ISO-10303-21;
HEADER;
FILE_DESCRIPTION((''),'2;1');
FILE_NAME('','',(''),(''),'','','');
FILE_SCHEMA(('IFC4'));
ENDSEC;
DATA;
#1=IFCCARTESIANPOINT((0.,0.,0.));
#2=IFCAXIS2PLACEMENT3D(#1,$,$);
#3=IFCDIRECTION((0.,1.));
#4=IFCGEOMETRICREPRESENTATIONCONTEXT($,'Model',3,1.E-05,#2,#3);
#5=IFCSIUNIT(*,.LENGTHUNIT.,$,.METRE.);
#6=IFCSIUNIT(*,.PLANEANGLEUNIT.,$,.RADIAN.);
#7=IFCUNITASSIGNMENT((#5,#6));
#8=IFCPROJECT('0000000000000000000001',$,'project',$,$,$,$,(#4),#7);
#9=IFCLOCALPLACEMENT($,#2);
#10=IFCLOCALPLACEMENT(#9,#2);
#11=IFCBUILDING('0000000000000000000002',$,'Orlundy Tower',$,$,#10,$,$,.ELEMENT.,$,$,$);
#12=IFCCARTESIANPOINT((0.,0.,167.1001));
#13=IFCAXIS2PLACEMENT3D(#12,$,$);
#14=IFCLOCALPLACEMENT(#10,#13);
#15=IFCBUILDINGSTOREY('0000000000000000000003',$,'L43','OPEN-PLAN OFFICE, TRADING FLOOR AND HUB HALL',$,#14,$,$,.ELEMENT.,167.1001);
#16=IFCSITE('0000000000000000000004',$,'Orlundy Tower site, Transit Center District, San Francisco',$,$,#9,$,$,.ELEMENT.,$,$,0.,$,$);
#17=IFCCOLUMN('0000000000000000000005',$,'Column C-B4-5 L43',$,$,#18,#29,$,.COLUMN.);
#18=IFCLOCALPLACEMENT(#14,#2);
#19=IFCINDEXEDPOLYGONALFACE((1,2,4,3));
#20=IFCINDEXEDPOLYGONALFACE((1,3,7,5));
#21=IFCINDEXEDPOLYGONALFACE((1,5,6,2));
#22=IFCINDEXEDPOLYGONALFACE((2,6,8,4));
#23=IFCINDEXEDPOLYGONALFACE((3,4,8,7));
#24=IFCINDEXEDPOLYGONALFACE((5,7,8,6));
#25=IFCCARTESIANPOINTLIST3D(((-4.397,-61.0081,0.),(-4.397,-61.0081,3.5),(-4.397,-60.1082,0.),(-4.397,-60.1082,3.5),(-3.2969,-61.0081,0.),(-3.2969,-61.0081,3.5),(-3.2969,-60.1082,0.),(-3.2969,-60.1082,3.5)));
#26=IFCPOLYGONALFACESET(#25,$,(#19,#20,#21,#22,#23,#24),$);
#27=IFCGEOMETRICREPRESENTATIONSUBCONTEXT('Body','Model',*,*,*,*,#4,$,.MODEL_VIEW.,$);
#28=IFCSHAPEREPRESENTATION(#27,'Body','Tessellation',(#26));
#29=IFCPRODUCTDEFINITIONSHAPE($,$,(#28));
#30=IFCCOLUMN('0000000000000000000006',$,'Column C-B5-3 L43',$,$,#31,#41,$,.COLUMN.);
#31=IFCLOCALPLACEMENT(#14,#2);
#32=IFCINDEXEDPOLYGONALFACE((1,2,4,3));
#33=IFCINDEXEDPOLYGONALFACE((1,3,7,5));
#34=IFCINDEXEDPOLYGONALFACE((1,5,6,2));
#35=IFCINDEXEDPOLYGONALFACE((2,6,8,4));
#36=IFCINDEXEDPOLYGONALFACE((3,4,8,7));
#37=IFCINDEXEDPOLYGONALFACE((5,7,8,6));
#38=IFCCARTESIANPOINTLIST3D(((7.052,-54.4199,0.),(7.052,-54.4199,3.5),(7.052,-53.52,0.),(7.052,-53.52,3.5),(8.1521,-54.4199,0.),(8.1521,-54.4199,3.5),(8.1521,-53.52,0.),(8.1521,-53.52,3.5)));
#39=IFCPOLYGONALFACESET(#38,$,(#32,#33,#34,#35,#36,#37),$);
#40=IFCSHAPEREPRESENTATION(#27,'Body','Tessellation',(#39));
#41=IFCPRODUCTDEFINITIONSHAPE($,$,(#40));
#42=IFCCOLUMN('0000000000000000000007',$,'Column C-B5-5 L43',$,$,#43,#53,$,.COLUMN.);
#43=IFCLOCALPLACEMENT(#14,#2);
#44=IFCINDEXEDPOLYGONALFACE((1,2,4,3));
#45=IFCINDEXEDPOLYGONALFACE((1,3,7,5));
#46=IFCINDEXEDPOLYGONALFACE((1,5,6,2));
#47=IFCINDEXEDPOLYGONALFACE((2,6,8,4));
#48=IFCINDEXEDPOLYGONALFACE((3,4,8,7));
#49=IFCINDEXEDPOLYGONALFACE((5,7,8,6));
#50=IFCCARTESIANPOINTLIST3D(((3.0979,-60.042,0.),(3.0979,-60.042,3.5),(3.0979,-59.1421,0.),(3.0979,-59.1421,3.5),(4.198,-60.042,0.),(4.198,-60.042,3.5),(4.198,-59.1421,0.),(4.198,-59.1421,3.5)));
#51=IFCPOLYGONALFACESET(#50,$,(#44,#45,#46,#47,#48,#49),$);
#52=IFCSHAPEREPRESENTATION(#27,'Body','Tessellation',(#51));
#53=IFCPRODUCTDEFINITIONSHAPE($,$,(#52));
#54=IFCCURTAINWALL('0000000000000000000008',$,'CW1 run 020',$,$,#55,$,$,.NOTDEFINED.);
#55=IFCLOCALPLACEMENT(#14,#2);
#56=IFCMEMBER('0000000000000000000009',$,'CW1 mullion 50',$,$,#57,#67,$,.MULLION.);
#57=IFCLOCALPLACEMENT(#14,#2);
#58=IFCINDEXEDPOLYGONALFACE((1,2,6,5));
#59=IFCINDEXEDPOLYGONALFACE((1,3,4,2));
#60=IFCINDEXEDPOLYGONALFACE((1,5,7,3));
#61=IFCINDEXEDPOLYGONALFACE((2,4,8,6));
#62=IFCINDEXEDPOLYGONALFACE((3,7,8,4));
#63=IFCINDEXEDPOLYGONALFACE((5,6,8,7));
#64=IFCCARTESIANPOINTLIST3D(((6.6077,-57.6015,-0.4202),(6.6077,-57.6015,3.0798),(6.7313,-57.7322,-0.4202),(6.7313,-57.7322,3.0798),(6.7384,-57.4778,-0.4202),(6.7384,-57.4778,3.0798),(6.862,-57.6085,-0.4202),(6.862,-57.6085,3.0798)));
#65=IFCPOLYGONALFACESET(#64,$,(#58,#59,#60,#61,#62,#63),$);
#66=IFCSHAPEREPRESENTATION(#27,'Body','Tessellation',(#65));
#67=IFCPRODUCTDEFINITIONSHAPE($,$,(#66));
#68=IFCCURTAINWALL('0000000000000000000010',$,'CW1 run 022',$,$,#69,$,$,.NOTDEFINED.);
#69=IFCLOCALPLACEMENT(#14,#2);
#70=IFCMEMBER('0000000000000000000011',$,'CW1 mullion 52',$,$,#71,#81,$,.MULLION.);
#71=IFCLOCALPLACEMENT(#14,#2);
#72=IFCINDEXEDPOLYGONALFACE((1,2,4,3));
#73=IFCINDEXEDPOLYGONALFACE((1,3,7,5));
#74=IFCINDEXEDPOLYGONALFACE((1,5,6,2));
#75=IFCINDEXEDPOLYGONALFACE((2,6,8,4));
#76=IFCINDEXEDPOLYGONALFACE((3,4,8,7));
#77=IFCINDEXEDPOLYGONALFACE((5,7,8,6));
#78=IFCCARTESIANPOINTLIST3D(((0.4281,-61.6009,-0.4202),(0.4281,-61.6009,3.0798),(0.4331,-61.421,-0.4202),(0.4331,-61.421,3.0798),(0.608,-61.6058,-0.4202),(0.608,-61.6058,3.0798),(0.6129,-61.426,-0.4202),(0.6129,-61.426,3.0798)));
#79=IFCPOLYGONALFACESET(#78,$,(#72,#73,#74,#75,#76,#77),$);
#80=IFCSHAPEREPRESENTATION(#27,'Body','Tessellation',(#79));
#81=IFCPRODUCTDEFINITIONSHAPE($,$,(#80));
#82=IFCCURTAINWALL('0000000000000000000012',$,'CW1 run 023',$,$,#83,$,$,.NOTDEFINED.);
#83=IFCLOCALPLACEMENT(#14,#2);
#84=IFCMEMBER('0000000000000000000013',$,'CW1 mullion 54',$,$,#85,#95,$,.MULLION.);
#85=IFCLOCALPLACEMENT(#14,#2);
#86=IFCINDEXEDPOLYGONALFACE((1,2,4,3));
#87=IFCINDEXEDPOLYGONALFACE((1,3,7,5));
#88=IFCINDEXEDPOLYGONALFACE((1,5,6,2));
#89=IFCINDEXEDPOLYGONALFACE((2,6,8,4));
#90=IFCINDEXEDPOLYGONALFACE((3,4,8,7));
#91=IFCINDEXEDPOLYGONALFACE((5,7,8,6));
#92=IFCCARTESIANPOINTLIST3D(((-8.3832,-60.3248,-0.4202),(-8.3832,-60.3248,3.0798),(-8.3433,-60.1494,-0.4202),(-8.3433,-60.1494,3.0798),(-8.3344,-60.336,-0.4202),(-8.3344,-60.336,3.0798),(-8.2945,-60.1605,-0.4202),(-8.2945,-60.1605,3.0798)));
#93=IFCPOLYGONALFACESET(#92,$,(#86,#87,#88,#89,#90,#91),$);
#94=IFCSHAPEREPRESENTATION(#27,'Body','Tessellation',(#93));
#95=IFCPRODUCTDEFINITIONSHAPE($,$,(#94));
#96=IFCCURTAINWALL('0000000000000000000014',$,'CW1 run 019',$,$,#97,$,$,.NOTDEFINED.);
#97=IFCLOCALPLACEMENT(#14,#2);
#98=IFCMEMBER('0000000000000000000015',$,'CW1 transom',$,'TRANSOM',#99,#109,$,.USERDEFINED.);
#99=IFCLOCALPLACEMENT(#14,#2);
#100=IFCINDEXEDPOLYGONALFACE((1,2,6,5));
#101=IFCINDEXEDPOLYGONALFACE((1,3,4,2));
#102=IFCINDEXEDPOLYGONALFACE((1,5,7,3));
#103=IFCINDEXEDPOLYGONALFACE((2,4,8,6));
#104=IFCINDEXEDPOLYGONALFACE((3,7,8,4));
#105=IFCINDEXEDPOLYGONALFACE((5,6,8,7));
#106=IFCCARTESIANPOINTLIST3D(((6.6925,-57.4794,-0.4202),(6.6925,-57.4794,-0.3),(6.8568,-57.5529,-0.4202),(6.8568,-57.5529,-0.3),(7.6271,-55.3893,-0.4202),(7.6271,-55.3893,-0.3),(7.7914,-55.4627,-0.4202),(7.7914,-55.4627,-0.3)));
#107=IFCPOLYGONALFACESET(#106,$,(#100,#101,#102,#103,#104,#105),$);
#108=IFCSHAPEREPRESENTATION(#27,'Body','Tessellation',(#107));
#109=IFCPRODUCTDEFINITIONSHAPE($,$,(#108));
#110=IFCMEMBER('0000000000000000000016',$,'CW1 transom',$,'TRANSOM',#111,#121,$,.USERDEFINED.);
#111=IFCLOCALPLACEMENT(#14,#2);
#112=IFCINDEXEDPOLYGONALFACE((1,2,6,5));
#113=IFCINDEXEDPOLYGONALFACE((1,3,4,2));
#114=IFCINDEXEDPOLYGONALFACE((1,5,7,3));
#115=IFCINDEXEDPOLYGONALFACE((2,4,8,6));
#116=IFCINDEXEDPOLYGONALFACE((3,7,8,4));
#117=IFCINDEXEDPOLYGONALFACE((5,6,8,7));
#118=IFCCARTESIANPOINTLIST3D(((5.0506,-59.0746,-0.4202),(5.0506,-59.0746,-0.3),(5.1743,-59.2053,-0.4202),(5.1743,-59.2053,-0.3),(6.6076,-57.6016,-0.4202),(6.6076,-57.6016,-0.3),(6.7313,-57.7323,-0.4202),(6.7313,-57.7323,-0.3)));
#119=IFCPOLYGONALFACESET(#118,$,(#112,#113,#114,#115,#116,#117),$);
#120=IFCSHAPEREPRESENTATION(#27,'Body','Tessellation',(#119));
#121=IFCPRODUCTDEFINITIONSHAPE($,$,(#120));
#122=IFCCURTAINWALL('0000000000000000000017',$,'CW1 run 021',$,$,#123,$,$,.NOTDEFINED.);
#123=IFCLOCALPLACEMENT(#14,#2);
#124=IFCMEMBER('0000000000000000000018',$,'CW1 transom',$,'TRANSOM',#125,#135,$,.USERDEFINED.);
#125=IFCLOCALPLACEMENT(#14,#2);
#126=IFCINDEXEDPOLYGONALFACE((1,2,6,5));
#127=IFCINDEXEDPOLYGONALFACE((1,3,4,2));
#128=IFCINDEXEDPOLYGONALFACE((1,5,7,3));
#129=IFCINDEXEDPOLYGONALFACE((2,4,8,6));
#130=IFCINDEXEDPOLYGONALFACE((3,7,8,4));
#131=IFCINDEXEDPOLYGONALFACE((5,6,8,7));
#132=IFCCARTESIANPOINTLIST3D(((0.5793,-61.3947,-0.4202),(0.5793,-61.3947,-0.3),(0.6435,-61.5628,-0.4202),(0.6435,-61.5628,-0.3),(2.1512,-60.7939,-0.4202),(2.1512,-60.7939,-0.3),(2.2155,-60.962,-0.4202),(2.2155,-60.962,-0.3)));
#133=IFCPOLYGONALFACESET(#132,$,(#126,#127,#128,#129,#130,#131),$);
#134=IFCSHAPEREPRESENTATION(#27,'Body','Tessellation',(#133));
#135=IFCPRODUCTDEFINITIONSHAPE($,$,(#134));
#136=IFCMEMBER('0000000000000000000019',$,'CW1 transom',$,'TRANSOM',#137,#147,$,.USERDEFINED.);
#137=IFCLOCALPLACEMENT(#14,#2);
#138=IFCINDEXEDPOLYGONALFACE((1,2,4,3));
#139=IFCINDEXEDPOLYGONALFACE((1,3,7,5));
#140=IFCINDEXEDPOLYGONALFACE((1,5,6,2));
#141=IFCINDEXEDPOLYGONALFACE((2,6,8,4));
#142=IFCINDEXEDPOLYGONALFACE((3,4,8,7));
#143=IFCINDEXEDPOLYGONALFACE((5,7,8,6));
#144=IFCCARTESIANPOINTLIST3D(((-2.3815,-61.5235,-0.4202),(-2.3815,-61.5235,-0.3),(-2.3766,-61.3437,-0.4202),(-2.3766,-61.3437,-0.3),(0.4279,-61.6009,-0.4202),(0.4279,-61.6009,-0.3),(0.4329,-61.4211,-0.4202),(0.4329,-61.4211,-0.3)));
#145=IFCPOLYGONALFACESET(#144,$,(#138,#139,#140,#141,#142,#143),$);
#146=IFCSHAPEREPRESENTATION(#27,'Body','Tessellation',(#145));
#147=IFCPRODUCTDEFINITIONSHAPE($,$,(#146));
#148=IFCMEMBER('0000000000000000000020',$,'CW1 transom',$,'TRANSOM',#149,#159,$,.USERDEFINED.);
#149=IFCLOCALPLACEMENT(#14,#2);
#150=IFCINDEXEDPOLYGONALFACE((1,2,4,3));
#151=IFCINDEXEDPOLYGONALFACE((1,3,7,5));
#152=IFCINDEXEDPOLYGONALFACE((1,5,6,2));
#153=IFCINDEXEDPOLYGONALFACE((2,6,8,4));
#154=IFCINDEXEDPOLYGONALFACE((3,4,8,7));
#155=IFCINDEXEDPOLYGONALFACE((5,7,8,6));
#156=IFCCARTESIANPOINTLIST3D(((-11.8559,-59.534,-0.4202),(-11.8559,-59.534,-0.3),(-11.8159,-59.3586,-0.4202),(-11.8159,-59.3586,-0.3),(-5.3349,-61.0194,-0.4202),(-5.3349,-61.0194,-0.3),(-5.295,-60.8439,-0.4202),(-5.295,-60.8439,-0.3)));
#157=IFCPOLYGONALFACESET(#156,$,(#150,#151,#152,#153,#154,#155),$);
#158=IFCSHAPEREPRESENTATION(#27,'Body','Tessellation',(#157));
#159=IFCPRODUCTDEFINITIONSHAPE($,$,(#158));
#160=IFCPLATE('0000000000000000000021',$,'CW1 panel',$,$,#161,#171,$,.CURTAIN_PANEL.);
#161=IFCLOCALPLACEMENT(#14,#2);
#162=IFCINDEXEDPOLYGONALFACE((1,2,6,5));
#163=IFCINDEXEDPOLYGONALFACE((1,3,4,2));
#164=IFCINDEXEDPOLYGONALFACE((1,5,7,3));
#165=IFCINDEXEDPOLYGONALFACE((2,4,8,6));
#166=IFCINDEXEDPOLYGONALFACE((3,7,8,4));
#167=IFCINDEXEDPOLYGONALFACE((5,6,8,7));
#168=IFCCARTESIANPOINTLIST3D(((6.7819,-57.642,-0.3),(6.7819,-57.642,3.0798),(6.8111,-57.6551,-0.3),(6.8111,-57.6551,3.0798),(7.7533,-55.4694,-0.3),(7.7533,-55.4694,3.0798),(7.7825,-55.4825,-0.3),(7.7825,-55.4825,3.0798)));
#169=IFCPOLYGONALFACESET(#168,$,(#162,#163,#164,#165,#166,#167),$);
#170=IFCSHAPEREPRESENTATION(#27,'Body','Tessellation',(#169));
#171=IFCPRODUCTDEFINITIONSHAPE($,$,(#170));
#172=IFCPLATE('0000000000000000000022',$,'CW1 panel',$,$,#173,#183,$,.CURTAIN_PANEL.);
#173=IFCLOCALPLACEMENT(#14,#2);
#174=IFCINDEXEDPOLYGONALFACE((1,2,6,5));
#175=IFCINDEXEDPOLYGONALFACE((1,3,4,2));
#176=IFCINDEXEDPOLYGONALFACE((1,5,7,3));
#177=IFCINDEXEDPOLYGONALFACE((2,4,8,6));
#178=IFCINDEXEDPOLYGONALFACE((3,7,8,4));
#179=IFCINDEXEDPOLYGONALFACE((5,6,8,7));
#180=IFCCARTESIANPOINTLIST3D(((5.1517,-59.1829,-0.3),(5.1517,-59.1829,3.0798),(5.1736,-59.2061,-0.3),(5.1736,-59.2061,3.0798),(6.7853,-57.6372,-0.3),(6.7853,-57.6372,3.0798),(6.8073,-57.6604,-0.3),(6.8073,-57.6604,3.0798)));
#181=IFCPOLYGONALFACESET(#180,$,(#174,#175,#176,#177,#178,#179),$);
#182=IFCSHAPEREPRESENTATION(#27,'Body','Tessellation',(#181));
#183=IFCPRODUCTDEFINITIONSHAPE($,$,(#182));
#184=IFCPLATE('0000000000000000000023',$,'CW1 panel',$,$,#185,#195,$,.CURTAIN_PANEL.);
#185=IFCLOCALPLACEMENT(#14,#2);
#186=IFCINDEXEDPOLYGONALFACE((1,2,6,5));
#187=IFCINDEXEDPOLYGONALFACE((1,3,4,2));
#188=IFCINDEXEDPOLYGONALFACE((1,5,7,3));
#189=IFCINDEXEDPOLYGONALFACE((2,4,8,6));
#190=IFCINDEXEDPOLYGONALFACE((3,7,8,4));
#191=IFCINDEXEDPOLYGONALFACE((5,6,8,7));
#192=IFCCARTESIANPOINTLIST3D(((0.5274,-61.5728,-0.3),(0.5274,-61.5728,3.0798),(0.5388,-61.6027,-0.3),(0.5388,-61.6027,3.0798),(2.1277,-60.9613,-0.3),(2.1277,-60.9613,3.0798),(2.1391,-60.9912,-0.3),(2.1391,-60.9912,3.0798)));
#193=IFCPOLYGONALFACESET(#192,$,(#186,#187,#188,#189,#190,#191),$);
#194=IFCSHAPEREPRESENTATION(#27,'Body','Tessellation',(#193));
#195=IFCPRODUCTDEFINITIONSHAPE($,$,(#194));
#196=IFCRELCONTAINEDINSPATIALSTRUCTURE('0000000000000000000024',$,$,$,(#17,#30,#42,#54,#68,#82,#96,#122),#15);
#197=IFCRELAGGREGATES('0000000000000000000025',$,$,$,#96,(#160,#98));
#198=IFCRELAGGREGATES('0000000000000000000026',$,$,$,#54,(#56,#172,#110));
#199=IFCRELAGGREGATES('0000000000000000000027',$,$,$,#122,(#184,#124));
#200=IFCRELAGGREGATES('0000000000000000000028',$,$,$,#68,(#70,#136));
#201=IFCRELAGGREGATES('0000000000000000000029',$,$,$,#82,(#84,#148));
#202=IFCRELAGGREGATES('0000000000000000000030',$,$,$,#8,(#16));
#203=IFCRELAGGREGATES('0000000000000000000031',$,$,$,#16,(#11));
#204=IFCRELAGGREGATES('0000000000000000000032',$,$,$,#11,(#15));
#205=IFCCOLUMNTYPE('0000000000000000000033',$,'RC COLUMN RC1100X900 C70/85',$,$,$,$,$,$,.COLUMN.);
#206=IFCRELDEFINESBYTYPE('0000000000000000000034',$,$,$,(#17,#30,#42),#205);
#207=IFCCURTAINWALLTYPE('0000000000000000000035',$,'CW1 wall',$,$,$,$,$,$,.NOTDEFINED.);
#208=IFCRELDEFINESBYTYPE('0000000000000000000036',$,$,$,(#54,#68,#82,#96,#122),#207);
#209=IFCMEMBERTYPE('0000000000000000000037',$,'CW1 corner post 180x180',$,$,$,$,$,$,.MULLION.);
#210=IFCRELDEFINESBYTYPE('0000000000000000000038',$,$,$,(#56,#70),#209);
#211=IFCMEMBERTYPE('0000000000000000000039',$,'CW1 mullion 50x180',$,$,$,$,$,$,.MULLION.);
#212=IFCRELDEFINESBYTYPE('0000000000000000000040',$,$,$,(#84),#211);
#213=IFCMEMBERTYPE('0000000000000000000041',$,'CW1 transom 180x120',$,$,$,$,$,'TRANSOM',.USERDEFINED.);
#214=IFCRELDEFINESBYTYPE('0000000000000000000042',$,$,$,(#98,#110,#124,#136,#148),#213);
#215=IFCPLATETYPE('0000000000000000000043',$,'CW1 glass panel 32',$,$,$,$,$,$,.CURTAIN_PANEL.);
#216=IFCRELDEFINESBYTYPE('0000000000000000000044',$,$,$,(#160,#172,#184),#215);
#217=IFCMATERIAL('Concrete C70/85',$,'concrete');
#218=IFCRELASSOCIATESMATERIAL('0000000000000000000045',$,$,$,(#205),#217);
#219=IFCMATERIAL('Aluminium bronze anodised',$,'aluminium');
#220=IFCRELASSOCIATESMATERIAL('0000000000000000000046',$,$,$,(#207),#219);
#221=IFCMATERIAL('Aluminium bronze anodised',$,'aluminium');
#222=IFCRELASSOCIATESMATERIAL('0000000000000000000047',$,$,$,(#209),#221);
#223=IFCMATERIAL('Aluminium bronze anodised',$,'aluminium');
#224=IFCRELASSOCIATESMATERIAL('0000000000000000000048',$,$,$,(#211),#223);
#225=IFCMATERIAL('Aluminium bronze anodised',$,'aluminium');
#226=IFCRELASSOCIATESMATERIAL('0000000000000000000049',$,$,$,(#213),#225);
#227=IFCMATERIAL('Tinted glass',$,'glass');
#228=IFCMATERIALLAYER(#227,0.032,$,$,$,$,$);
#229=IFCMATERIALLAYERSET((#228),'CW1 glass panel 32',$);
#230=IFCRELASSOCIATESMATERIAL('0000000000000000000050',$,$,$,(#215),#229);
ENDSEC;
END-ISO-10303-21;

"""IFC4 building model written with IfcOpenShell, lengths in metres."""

from ifc_helpers import new_model, si_unit, direction, frame, origin, origin_2d, place, context, subcontext, project, spatial, rectangle, extrude, material, layer, layer_set, material_profile, profile_set, type_object, element, aggregate, save


model = new_model("IFC4")

# Units and contexts
model_context = context("Model", 3, precision=1e-05, world=origin(), true_north=direction((0.0, 1.0)))
body_context = subcontext(model_context, "Body", "Model", "MODEL_VIEW")
ifc_project = project(units=[si_unit("LENGTHUNIT", "METRE"), si_unit("PLANEANGLEUNIT", "RADIAN")], contexts=[model_context])

# Site, building, storey
site_placement = place(None, origin())
site = spatial("IfcSite", under=ifc_project, at=site_placement, Name="Orlundy Tower site, Transit Center District, San Francisco", CompositionType="ELEMENT", RefElevation=0.0)
building_placement = place(site_placement, origin())
building = spatial("IfcBuilding", under=site, at=building_placement, Name="Orlundy Tower", CompositionType="ELEMENT")
storey_placement = place(building_placement, frame((0.0, 0.0, 167.1001)))
storey = spatial("IfcBuildingStorey", under=building, at=storey_placement, Name="L43", Description="OPEN-PLAN OFFICE, TRADING FLOOR AND HUB HALL", CompositionType="ELEMENT", Elevation=167.1001)

# Columns
ifc_material_1 = material(Name="Concrete C70/85", Category="concrete")
ifc_material_profile_1 = material_profile(ifc_material_1, rectangle(XDim=1.1001, YDim=0.8999, at=origin_2d()), Name="RC1100X900")
ifc_profile_set_1 = profile_set([ifc_material_profile_1], Name="Concrete C70/85")
column_type = type_object("IfcColumnType", Name="RC COLUMN RC1100X900 C70/85", PredefinedType="COLUMN", material=ifc_profile_set_1)
for number, where, z_axis, x_axis, name in (
    (1, (-3.8469, -60.5581, 0.0), (0.0, 0.0, 1.0), (1.0, 0.0, 0.0), "Column C-B4-5 L43"),
    (2, (7.6021, -53.97, 0.0), (0.0, 0.0, 1.0), (1.0, 0.0, 0.0), "Column C-B5-3 L43"),
    (3, (3.6479, -59.592, 0.0), (0.0, 0.0, 1.0), (1.0, 0.0, 0.0), "Column C-B5-5 L43"),
):
    element("IfcColumn", number, at=place(storey_placement, frame(where, z_axis=z_axis, x_axis=x_axis)), inside=storey, type_object=column_type, Name=name, PredefinedType="COLUMN", context=body_context, shape_type="SweptSolid", body=[
        extrude(rectangle(XDim=1.1001, YDim=0.8999, at=origin_2d()), origin(), (0.0, 0.0, 1.0), 3.5),
    ])

# Curtain walls, members
ifc_material_2 = material(Name="Aluminium bronze anodised", Category="aluminium")
curtain_wall_type = type_object("IfcCurtainWallType", Name="CW1 wall", PredefinedType="NOTDEFINED", material=ifc_material_2)
curtain_wall_1_placement = place(storey_placement, origin())
curtain_wall_1 = element("IfcCurtainWall", 4, at=curtain_wall_1_placement, inside=storey, type_object=curtain_wall_type, Name="CW1 run 020", PredefinedType="NOTDEFINED")
ifc_material_3 = material(Name="Aluminium bronze anodised", Category="aluminium")
ifc_material_profile_2 = material_profile(ifc_material_3, rectangle(XDim=0.1799, YDim=0.1799, at=origin_2d()), Name="CW1 corner post 180x180")
ifc_profile_set_2 = profile_set([ifc_material_profile_2], Name="Aluminium bronze anodised")
member_type_1 = type_object("IfcMemberType", Name="CW1 corner post 180x180", PredefinedType="MULLION", material=ifc_profile_set_2)
member_1_placement = place(storey_placement, frame((6.7349, -57.605, -0.4202), z_axis=(0.0, 0.0, 1.0), x_axis=(0.687281, -0.726392, 0.0)))
member_1 = element("IfcMember", 5, at=member_1_placement, type_object=member_type_1, Name="CW1 mullion 50", PredefinedType="MULLION", context=body_context, shape_type="SweptSolid", body=[
    extrude(rectangle(XDim=0.1799, YDim=0.1799, at=origin_2d()), origin(), (0.0, 0.0, 1.0), 3.5),
])
curtain_wall_2_placement = place(storey_placement, origin())
curtain_wall_2 = element("IfcCurtainWall", 6, at=curtain_wall_2_placement, inside=storey, type_object=curtain_wall_type, Name="CW1 run 022", PredefinedType="NOTDEFINED")
member_2_placement = place(storey_placement, frame((0.5205, -61.5134, -0.4202), z_axis=(0.0, 0.0, 1.0), x_axis=(-0.02752, -0.999621, 0.0)))
member_2 = element("IfcMember", 7, at=member_2_placement, type_object=member_type_1, Name="CW1 mullion 52", PredefinedType="MULLION", context=body_context, shape_type="SweptSolid", body=[
    extrude(rectangle(XDim=0.1799, YDim=0.1799, at=origin_2d()), origin(), (0.0, 0.0, 1.0), 3.5),
])
curtain_wall_3_placement = place(storey_placement, origin())
curtain_wall_3 = element("IfcCurtainWall", 8, at=curtain_wall_3_placement, inside=storey, type_object=curtain_wall_type, Name="CW1 run 023", PredefinedType="NOTDEFINED")
ifc_material_4 = material(Name="Aluminium bronze anodised", Category="aluminium")
ifc_material_profile_3 = material_profile(ifc_material_4, rectangle(XDim=0.1799, YDim=0.05, at=origin_2d()), Name="CW1 mullion 50x180")
ifc_profile_set_3 = profile_set([ifc_material_profile_3], Name="Aluminium bronze anodised")
member_type_2 = type_object("IfcMemberType", Name="CW1 mullion 50x180", PredefinedType="MULLION", material=ifc_profile_set_3)
member_3_placement = place(storey_placement, frame((-8.3389, -60.2427, -0.4202), z_axis=(0.0, 0.0, 1.0), x_axis=(-0.22209, -0.975026, 0.0)))
member_3 = element("IfcMember", 9, at=member_3_placement, type_object=member_type_2, Name="CW1 mullion 54", PredefinedType="MULLION", context=body_context, shape_type="SweptSolid", body=[
    extrude(rectangle(XDim=0.1799, YDim=0.05, at=origin_2d()), origin(), (0.0, 0.0, 1.0), 3.5),
])
curtain_wall_4_placement = place(storey_placement, origin())
curtain_wall_4 = element("IfcCurtainWall", 10, at=curtain_wall_4_placement, inside=storey, type_object=curtain_wall_type, Name="CW1 run 019", PredefinedType="NOTDEFINED")
ifc_material_5 = material(Name="Aluminium bronze anodised", Category="aluminium")
ifc_material_profile_4 = material_profile(ifc_material_5, rectangle(XDim=0.1799, YDim=0.1201, at=origin_2d()), Name="CW1 transom 180x120")
ifc_profile_set_4 = profile_set([ifc_material_profile_4], Name="Aluminium bronze anodised")
member_type_3 = type_object("IfcMemberType", Name="CW1 transom 180x120", ElementType="TRANSOM", PredefinedType="USERDEFINED", material=ifc_profile_set_4)
member_4_placement = place(storey_placement, frame((7.7092, -55.426, -0.3601), z_axis=(-0.408195, -0.912895, 0.0), x_axis=(0.912895, -0.408195, 0.0)))
member_4 = element("IfcMember", 11, at=member_4_placement, type_object=member_type_3, Name="CW1 transom", ObjectType="TRANSOM", PredefinedType="USERDEFINED", context=body_context, shape_type="SweptSolid", body=[
    extrude(rectangle(XDim=0.1799, YDim=0.1201, at=origin_2d()), origin(), (0.0, 0.0, 1.0), 2.2896),
])

# Member
member_5_placement = place(storey_placement, frame((6.6694, -57.667, -0.3601), z_axis=(-0.726428, -0.687242, 0.0), x_axis=(0.687242, -0.726428, 0.0)))
member_5 = element("IfcMember", 12, at=member_5_placement, type_object=member_type_3, Name="CW1 transom", ObjectType="TRANSOM", PredefinedType="USERDEFINED", context=body_context, shape_type="SweptSolid", body=[
    extrude(rectangle(XDim=0.1799, YDim=0.1201, at=origin_2d()), origin(), (0.0, 0.0, 1.0), 2.1433),
])

# Curtain wall, member
curtain_wall_5_placement = place(storey_placement, origin())
curtain_wall_5 = element("IfcCurtainWall", 13, at=curtain_wall_5_placement, inside=storey, type_object=curtain_wall_type, Name="CW1 run 021", PredefinedType="NOTDEFINED")
member_6_placement = place(storey_placement, frame((2.1833, -60.8779, -0.3601), z_axis=(-0.934099, -0.357015, 0.0), x_axis=(0.357015, -0.934099, 0.0)))
member_6 = element("IfcMember", 14, at=member_6_placement, type_object=member_type_3, Name="CW1 transom", ObjectType="TRANSOM", PredefinedType="USERDEFINED", context=body_context, shape_type="SweptSolid", body=[
    extrude(rectangle(XDim=0.1799, YDim=0.1201, at=origin_2d()), origin(), (0.0, 0.0, 1.0), 1.6829),
])

# Members
member_7_placement = place(storey_placement, frame((0.4304, -61.511, -0.3601), z_axis=(-0.999621, 0.027536, 0.0), x_axis=(-0.027536, -0.999621, 0.0)))
member_7 = element("IfcMember", 15, at=member_7_placement, type_object=member_type_3, Name="CW1 transom", ObjectType="TRANSOM", PredefinedType="USERDEFINED", context=body_context, shape_type="SweptSolid", body=[
    extrude(rectangle(XDim=0.1799, YDim=0.1201, at=origin_2d()), origin(), (0.0, 0.0, 1.0), 2.8105),
])
member_8_placement = place(storey_placement, frame((-5.3149, -60.9316, -0.3601), z_axis=(-0.975026, 0.222091, 0.0), x_axis=(-0.222091, -0.975026, 0.0)))
member_8 = element("IfcMember", 16, at=member_8_placement, type_object=member_type_3, Name="CW1 transom", ObjectType="TRANSOM", PredefinedType="USERDEFINED", context=body_context, shape_type="SweptSolid", body=[
    extrude(rectangle(XDim=0.1799, YDim=0.1201, at=origin_2d()), origin(), (0.0, 0.0, 1.0), 6.688),
])

# Plates
ifc_material_6 = material(Name="Tinted glass", Category="glass")
ifc_layer_1 = layer(ifc_material_6, 0.032)
ifc_layer_set_1 = layer_set([ifc_layer_1], Name="CW1 glass panel 32")
plate_type = type_object("IfcPlateType", Name="CW1 glass panel 32", PredefinedType="CURTAIN_PANEL", material=ifc_layer_set_1)
plate_1_placement = place(storey_placement, frame((7.2822, -56.5623, -0.3), z_axis=(0.0, 0.0, 1.0), x_axis=(-0.408165, -0.912908, 0.0)))
plate_1 = element("IfcPlate", 17, at=plate_1_placement, type_object=plate_type, Name="CW1 panel", PredefinedType="CURTAIN_PANEL", context=body_context, shape_type="SweptSolid", body=[
    extrude(rectangle(XDim=2.3799, YDim=0.032, at=origin_2d()), origin(), (0.0, 0.0, 1.0), 3.3799),
])
aggregate(curtain_wall_4, [plate_1, member_4])
plate_2_placement = place(storey_placement, frame((5.9795, -58.4216, -0.3), z_axis=(0.0, 0.0, 1.0), x_axis=(-0.726392, -0.687281, 0.0)))
plate_2 = element("IfcPlate", 18, at=plate_2_placement, type_object=plate_type, Name="CW1 panel", PredefinedType="CURTAIN_PANEL", context=body_context, shape_type="SweptSolid", body=[
    extrude(rectangle(XDim=2.249, YDim=0.032, at=origin_2d()), origin(), (0.0, 0.0, 1.0), 3.3799),
])
aggregate(curtain_wall_1, [member_1, plate_2, member_5])
plate_3_placement = place(storey_placement, frame((1.3333, -61.282, -0.3), z_axis=(0.0, 0.0, 1.0), x_axis=(-0.934115, -0.356971, 0.0)))
plate_3 = element("IfcPlate", 19, at=plate_3_placement, type_object=plate_type, Name="CW1 panel", PredefinedType="CURTAIN_PANEL", context=body_context, shape_type="SweptSolid", body=[
    extrude(rectangle(XDim=1.7131, YDim=0.032, at=origin_2d()), origin(), (0.0, 0.0, 1.0), 3.3799),
])
aggregate(curtain_wall_5, [plate_3, member_6])
aggregate(curtain_wall_2, [member_2, member_7])
aggregate(curtain_wall_3, [member_3, member_8])

save(model, "model.ifc")
